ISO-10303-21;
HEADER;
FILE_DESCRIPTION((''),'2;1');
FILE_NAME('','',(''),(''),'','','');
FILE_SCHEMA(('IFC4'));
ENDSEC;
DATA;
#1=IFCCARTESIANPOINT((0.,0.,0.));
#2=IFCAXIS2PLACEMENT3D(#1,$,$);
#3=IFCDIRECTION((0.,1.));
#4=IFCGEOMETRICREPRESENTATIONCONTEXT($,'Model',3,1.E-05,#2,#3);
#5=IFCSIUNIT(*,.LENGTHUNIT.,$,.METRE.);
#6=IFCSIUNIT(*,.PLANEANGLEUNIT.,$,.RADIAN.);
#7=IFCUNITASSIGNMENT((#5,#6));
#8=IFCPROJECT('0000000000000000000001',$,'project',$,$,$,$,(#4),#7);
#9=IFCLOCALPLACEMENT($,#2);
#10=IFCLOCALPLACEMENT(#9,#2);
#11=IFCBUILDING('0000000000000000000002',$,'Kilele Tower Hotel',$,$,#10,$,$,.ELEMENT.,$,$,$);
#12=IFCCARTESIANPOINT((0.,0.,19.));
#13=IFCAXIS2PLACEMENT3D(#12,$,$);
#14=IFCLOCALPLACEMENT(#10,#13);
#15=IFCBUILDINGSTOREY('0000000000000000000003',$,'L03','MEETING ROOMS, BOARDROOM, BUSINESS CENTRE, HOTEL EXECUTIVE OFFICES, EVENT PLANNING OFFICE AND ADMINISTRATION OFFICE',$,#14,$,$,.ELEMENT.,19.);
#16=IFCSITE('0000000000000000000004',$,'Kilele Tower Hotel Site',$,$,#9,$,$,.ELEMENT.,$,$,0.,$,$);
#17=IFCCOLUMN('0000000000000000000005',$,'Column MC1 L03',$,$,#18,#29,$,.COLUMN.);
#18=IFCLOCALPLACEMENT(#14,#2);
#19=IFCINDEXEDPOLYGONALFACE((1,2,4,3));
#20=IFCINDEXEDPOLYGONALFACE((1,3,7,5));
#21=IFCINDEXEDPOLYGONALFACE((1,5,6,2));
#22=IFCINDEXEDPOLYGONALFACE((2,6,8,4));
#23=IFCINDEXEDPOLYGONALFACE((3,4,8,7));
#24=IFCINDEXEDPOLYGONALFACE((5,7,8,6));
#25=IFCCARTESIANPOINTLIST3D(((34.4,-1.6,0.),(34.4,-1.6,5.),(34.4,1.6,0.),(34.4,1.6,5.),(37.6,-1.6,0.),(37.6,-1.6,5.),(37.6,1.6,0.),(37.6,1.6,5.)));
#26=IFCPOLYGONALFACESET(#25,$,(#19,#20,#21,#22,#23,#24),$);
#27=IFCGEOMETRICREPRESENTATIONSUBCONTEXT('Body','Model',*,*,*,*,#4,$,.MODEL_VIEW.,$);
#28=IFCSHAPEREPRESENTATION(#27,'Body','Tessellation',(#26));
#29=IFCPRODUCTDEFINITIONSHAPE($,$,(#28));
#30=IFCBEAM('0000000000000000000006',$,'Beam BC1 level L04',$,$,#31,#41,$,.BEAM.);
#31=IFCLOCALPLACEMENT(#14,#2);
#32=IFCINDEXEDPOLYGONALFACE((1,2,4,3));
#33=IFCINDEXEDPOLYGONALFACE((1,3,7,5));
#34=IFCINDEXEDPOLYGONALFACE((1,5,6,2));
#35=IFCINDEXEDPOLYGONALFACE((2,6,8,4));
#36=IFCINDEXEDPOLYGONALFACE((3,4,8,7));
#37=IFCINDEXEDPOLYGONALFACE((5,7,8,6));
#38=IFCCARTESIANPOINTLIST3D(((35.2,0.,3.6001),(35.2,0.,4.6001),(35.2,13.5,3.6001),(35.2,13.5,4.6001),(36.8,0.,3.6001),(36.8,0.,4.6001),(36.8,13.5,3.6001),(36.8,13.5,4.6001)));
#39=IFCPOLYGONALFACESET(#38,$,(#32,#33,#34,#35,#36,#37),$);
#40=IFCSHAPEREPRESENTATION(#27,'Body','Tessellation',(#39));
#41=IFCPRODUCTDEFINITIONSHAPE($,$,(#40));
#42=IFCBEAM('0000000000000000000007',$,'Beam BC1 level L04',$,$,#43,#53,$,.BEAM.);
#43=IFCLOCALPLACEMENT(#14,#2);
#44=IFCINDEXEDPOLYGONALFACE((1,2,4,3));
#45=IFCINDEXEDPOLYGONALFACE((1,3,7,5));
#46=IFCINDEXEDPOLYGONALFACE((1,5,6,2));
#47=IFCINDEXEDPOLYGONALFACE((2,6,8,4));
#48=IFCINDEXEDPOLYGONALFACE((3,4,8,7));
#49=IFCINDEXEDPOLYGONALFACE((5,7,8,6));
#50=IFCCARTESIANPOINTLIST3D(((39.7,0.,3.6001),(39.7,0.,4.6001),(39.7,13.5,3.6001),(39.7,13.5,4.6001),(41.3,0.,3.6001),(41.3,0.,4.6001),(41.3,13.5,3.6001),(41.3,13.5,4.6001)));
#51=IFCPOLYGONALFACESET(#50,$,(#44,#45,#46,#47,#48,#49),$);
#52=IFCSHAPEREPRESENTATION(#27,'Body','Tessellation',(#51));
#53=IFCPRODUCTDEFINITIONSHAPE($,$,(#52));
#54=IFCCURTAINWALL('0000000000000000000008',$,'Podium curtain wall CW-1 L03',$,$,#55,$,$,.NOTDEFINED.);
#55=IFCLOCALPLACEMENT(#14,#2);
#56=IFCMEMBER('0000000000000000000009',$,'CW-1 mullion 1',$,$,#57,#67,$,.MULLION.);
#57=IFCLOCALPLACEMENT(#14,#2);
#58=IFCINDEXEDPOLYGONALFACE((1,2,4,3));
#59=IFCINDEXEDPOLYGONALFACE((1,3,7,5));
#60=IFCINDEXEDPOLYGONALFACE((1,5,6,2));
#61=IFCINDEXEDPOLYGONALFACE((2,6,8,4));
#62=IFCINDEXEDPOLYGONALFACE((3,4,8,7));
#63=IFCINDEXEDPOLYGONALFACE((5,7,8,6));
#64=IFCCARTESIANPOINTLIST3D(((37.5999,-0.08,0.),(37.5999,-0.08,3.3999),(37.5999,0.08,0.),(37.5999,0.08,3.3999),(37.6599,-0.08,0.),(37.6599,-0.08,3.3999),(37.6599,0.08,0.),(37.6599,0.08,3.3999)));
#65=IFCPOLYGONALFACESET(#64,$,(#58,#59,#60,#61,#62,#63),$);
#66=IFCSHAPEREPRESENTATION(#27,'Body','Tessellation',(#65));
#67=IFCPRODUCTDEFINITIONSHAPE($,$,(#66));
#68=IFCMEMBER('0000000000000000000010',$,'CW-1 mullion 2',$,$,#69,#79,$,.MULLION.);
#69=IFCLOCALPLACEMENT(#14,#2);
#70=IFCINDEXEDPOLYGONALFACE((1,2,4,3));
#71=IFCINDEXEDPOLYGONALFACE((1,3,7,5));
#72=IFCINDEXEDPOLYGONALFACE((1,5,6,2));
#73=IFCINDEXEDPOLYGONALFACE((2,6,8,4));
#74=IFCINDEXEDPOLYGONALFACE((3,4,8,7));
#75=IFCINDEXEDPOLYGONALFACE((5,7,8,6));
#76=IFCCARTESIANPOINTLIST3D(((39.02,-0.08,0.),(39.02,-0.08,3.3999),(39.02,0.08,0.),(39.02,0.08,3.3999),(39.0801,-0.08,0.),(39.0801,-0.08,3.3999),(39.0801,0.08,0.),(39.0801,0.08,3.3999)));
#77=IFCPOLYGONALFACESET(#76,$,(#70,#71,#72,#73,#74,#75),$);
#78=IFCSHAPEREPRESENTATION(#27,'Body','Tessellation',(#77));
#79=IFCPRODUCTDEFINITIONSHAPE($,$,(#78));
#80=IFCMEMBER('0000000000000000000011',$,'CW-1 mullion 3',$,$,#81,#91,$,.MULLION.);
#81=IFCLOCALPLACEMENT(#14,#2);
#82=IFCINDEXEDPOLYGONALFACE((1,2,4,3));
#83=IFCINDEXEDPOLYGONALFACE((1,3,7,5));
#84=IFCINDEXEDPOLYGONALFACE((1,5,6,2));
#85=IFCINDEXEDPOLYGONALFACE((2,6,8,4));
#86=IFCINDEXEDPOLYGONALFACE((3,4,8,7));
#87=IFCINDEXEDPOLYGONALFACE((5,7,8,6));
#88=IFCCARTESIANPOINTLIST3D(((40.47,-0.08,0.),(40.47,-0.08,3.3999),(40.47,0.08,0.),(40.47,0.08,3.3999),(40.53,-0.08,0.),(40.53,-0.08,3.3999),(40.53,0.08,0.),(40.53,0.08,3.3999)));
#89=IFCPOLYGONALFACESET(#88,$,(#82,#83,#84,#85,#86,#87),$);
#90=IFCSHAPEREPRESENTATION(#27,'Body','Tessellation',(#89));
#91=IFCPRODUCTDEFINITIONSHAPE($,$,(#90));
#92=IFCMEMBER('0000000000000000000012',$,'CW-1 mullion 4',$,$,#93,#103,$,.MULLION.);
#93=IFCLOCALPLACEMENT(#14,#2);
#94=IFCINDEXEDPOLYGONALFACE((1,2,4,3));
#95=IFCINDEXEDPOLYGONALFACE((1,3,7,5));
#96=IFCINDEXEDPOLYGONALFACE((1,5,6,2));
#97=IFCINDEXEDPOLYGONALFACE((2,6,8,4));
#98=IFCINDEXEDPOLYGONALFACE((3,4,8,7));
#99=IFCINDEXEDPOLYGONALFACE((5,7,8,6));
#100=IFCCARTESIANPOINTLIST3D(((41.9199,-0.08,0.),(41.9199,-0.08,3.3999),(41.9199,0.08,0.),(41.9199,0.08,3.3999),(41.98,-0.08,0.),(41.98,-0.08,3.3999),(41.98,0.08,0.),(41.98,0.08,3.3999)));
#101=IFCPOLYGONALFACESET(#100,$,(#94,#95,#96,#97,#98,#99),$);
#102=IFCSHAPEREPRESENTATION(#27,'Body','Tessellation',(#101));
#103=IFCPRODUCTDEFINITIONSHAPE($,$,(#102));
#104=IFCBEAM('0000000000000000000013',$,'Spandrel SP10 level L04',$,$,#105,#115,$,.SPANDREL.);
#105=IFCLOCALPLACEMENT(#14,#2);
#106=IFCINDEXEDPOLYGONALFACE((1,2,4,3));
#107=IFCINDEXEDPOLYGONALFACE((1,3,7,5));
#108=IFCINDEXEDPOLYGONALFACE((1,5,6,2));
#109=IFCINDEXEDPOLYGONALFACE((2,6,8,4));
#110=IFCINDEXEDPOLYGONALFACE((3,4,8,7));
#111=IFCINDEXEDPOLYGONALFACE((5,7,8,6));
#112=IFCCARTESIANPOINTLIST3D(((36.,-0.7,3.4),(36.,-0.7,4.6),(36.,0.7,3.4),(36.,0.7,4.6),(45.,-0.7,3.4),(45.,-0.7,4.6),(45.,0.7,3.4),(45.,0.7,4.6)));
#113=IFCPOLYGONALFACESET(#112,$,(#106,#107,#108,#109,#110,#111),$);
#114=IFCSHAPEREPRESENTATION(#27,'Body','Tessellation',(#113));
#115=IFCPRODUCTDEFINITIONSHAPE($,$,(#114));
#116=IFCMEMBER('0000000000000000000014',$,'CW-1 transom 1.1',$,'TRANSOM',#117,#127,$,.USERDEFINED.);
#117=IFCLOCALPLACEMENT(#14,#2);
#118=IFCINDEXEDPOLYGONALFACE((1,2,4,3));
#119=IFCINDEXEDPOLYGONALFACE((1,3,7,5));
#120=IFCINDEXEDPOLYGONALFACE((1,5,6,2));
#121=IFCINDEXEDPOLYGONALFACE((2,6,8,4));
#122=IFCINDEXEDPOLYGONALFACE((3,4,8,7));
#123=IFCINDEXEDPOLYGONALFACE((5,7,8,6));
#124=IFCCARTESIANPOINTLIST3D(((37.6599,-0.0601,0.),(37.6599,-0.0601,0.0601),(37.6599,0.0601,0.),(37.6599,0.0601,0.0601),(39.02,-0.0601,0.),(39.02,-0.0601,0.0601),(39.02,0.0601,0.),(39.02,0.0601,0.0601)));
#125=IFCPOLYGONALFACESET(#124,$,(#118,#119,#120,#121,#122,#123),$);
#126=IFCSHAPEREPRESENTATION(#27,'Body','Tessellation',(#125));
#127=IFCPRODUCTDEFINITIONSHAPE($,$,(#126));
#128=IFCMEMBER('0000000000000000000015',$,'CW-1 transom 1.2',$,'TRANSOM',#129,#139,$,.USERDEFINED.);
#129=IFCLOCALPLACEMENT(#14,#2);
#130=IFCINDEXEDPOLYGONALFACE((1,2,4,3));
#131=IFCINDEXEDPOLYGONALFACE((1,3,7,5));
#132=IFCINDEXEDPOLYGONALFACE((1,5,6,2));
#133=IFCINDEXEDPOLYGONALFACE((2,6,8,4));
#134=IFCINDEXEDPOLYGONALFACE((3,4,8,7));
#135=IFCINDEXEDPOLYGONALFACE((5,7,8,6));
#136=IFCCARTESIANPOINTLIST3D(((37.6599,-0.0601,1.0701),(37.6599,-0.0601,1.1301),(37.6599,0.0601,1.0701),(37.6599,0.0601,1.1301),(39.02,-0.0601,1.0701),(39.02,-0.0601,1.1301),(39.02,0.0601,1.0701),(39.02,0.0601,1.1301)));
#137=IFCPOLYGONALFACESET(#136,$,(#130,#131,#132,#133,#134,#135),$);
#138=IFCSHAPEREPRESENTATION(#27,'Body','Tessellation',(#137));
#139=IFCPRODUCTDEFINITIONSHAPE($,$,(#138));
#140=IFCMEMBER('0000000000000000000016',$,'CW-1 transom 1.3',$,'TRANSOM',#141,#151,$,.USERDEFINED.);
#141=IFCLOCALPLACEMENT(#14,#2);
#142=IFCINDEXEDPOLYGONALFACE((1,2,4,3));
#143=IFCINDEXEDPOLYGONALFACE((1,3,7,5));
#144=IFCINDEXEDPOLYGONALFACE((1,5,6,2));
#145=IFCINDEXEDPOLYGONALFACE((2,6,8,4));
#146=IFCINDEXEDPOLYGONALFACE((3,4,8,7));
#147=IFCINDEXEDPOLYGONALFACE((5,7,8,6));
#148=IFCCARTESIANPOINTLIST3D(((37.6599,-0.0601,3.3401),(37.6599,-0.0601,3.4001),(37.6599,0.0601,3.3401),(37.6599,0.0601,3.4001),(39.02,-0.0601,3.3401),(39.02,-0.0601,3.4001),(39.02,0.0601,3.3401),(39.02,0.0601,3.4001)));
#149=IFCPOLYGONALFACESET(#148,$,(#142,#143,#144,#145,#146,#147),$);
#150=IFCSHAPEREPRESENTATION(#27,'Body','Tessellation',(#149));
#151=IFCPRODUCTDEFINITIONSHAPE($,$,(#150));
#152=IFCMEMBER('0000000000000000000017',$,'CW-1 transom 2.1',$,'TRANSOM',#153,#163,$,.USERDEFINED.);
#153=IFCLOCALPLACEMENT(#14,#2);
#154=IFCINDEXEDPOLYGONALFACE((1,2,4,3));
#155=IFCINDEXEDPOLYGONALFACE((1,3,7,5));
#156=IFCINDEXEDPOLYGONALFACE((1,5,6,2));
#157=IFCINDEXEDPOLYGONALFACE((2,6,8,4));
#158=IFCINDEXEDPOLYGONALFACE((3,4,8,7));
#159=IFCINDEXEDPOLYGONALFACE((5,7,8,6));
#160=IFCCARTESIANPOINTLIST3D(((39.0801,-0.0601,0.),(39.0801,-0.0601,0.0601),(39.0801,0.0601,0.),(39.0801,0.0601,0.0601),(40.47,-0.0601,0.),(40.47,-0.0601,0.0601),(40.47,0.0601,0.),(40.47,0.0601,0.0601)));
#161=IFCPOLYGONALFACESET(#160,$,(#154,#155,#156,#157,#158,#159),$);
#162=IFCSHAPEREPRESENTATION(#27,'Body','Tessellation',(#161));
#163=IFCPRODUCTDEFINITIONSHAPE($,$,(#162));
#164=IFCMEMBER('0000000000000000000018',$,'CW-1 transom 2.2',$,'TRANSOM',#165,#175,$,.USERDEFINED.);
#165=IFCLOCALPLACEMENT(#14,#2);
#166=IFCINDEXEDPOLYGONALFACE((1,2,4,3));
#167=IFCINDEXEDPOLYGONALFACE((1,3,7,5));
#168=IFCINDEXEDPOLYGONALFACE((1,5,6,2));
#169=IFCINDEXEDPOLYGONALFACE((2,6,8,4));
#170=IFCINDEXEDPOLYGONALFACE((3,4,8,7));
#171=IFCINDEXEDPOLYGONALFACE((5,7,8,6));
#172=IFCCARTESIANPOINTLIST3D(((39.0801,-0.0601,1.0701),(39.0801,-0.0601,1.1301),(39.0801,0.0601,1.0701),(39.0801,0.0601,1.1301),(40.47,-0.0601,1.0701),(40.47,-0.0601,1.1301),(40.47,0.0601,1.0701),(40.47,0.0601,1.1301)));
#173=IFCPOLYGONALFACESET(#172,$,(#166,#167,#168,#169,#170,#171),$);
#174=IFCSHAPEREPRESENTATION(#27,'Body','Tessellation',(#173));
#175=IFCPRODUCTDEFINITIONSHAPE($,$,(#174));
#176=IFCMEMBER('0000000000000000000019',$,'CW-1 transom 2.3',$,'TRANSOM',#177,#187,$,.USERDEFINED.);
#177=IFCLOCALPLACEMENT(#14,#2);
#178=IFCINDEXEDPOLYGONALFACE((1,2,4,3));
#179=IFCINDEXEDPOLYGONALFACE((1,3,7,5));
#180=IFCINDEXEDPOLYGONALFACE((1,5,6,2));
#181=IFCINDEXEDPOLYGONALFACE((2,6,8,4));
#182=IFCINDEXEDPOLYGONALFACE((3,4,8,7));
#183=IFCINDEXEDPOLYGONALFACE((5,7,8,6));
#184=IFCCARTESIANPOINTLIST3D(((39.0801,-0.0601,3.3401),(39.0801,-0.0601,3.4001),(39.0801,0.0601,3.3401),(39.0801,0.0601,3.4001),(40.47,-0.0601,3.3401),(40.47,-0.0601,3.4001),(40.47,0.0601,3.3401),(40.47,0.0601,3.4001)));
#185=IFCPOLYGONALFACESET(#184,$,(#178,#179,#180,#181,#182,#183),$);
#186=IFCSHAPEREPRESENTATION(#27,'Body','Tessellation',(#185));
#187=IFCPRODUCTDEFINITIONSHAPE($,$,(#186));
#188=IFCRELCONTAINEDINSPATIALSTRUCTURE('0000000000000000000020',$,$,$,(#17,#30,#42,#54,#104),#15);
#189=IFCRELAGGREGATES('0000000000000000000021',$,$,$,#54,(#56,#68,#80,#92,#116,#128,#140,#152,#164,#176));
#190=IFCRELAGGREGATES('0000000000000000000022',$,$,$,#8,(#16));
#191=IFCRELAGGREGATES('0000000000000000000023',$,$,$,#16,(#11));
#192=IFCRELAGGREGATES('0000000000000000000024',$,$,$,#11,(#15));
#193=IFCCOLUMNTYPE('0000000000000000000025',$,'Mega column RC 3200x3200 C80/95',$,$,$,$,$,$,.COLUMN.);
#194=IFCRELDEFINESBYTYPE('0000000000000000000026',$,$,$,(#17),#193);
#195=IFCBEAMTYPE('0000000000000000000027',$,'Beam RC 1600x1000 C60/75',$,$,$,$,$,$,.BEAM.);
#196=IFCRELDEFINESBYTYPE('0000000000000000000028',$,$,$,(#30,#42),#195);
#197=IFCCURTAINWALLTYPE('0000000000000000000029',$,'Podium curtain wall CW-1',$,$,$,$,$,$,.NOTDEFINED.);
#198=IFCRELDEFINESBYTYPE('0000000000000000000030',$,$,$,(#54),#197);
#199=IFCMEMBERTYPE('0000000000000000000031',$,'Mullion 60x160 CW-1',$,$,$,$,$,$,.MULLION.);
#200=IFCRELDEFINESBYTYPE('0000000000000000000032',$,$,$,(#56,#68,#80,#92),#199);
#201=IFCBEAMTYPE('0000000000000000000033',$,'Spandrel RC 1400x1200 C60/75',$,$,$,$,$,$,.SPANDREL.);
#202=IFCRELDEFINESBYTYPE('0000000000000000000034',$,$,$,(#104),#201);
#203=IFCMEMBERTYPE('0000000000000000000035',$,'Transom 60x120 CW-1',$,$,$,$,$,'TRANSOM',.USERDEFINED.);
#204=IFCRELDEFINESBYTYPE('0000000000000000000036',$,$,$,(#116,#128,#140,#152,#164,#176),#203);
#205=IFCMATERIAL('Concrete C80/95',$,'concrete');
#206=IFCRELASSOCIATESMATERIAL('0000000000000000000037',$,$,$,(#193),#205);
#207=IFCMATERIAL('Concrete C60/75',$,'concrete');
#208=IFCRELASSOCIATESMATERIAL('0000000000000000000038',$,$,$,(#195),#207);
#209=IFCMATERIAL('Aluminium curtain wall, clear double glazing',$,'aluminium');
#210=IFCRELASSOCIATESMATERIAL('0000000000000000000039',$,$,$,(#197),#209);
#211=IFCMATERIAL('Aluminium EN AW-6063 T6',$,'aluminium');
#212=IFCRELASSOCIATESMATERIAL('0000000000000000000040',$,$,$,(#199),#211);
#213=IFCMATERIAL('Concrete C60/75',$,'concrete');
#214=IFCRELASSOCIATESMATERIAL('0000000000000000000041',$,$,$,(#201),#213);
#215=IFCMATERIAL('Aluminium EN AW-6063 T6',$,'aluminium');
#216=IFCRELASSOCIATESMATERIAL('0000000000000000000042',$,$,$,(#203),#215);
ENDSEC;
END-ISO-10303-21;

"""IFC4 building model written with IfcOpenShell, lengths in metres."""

from ifc_helpers import new_model, si_unit, direction, frame, origin, origin_2d, place, context, subcontext, project, spatial, rectangle, extrude, material, material_profile, profile_set, type_object, element, aggregate, save


model = new_model("IFC4")

# Units and contexts
model_context = context("Model", 3, precision=1e-05, world=origin(), true_north=direction((0.0, 1.0)))
body_context = subcontext(model_context, "Body", "Model", "MODEL_VIEW")
ifc_project = project(units=[si_unit("LENGTHUNIT", "METRE"), si_unit("PLANEANGLEUNIT", "RADIAN")], contexts=[model_context])

# Site, building, storey
site_placement = place(None, origin())
site = spatial("IfcSite", under=ifc_project, at=site_placement, Name="Kilele Tower Hotel Site", CompositionType="ELEMENT", RefElevation=0.0)
building_placement = place(site_placement, origin())
building = spatial("IfcBuilding", under=site, at=building_placement, Name="Kilele Tower Hotel", CompositionType="ELEMENT")
storey_placement = place(building_placement, frame((0.0, 0.0, 19.0)))
storey = spatial("IfcBuildingStorey", under=building, at=storey_placement, Name="L03", Description="MEETING ROOMS, BOARDROOM, BUSINESS CENTRE, HOTEL EXECUTIVE OFFICES, EVENT PLANNING OFFICE AND ADMINISTRATION OFFICE", CompositionType="ELEMENT", Elevation=19.0)

# Column
ifc_material_1 = material(Name="Concrete C80/95", Category="concrete")
ifc_material_profile_1 = material_profile(ifc_material_1, rectangle(XDim=3.2, YDim=3.2, at=origin_2d()))
ifc_profile_set_1 = profile_set([ifc_material_profile_1], Name="Concrete C80/95")
column_type = type_object("IfcColumnType", Name="Mega column RC 3200x3200 C80/95", PredefinedType="COLUMN", material=ifc_profile_set_1)
column_placement = place(storey_placement, frame((36.0, 0.0, 0.0), z_axis=(0.0, 0.0, 1.0), x_axis=(1.0, 0.0, 0.0)))
element("IfcColumn", 1, at=column_placement, inside=storey, type_object=column_type, Name="Column MC1 L03", PredefinedType="COLUMN", context=body_context, shape_type="SweptSolid", body=[
    extrude(rectangle(XDim=3.2, YDim=3.2, at=origin_2d()), origin(), (0.0, 0.0, 1.0), 5.0),
])

# Beams
ifc_material_2 = material(Name="Concrete C60/75", Category="concrete")
ifc_material_profile_2 = material_profile(ifc_material_2, rectangle(XDim=1.6001, YDim=1.0, at=origin_2d()))
ifc_profile_set_2 = profile_set([ifc_material_profile_2], Name="Concrete C60/75")
beam_type_1 = type_object("IfcBeamType", Name="Beam RC 1600x1000 C60/75", PredefinedType="BEAM", material=ifc_profile_set_2)
for number, where, z_axis, x_axis, name in (
    (2, (36.0, 0.0, 4.1001), (0.0, 1.0, 0.0), (-1.0, 0.0, 0.0), "Beam BC1 level L04"),
    (3, (40.5, 0.0, 4.1001), (0.0, 1.0, 0.0), (-1.0, 0.0, 0.0), "Beam BC1 level L04"),
):
    element("IfcBeam", number, at=place(storey_placement, frame(where, z_axis=z_axis, x_axis=x_axis)), inside=storey, type_object=beam_type_1, Name=name, PredefinedType="BEAM", context=body_context, shape_type="SweptSolid", body=[
        extrude(rectangle(XDim=1.6001, YDim=1.0, at=origin_2d()), origin(), (0.0, 0.0, 1.0), 13.5),
    ])

# Curtain wall, members
ifc_material_3 = material(Name="Aluminium curtain wall, clear double glazing", Category="aluminium")
curtain_wall_type = type_object("IfcCurtainWallType", Name="Podium curtain wall CW-1", PredefinedType="NOTDEFINED", material=ifc_material_3)
curtain_wall_placement = place(storey_placement, origin())
curtain_wall = element("IfcCurtainWall", 4, at=curtain_wall_placement, inside=storey, type_object=curtain_wall_type, Name="Podium curtain wall CW-1 L03", PredefinedType="NOTDEFINED")
ifc_material_4 = material(Name="Aluminium EN AW-6063 T6", Category="aluminium")
ifc_material_profile_3 = material_profile(ifc_material_4, rectangle(XDim=0.1599, YDim=0.0601, at=origin_2d()))
ifc_profile_set_3 = profile_set([ifc_material_profile_3], Name="Aluminium EN AW-6063 T6")
member_type_1 = type_object("IfcMemberType", Name="Mullion 60x160 CW-1", PredefinedType="MULLION", material=ifc_profile_set_3)
member_1_placement = place(storey_placement, frame((37.6299, 0.0, 0.0), z_axis=(0.0, 0.0, 1.0), x_axis=(0.0, 1.0, 0.0)))
member_1 = element("IfcMember", 5, at=member_1_placement, type_object=member_type_1, Name="CW-1 mullion 1", PredefinedType="MULLION", context=body_context, shape_type="SweptSolid", body=[
    extrude(rectangle(XDim=0.1599, YDim=0.0601, at=origin_2d()), origin(), (0.0, 0.0, 1.0), 3.3999),
])
member_2_placement = place(storey_placement, frame((39.05, 0.0, 0.0), z_axis=(0.0, 0.0, 1.0), x_axis=(0.0, 1.0, 0.0)))
member_2 = element("IfcMember", 6, at=member_2_placement, type_object=member_type_1, Name="CW-1 mullion 2", PredefinedType="MULLION", context=body_context, shape_type="SweptSolid", body=[
    extrude(rectangle(XDim=0.1599, YDim=0.0601, at=origin_2d()), origin(), (0.0, 0.0, 1.0), 3.3999),
])
member_3_placement = place(storey_placement, frame((40.5, 0.0, 0.0), z_axis=(0.0, 0.0, 1.0), x_axis=(0.0, 1.0, 0.0)))
member_3 = element("IfcMember", 7, at=member_3_placement, type_object=member_type_1, Name="CW-1 mullion 3", PredefinedType="MULLION", context=body_context, shape_type="SweptSolid", body=[
    extrude(rectangle(XDim=0.1599, YDim=0.0601, at=origin_2d()), origin(), (0.0, 0.0, 1.0), 3.3999),
])
member_4_placement = place(storey_placement, frame((41.95, 0.0, 0.0), z_axis=(0.0, 0.0, 1.0), x_axis=(0.0, 1.0, 0.0)))
member_4 = element("IfcMember", 8, at=member_4_placement, type_object=member_type_1, Name="CW-1 mullion 4", PredefinedType="MULLION", context=body_context, shape_type="SweptSolid", body=[
    extrude(rectangle(XDim=0.1599, YDim=0.0601, at=origin_2d()), origin(), (0.0, 0.0, 1.0), 3.3999),
])

# Beam
ifc_material_5 = material(Name="Concrete C60/75", Category="concrete")
ifc_material_profile_4 = material_profile(ifc_material_5, rectangle(XDim=1.3999, YDim=1.2, at=origin_2d()))
ifc_profile_set_4 = profile_set([ifc_material_profile_4], Name="Concrete C60/75")
beam_type_2 = type_object("IfcBeamType", Name="Spandrel RC 1400x1200 C60/75", PredefinedType="SPANDREL", material=ifc_profile_set_4)
beam_placement = place(storey_placement, frame((36.0, 0.0, 4.0), z_axis=(1.0, 0.0, 0.0), x_axis=(0.0, 1.0, 0.0)))
element("IfcBeam", 9, at=beam_placement, inside=storey, type_object=beam_type_2, Name="Spandrel SP10 level L04", PredefinedType="SPANDREL", context=body_context, shape_type="SweptSolid", body=[
    extrude(rectangle(XDim=1.3999, YDim=1.2, at=origin_2d()), origin(), (0.0, 0.0, 1.0), 9.0),
])

# Members
ifc_material_6 = material(Name="Aluminium EN AW-6063 T6", Category="aluminium")
ifc_material_profile_5 = material_profile(ifc_material_6, rectangle(XDim=0.1201, YDim=0.0601, at=origin_2d()))
ifc_profile_set_5 = profile_set([ifc_material_profile_5], Name="Aluminium EN AW-6063 T6")
member_type_2 = type_object("IfcMemberType", Name="Transom 60x120 CW-1", ElementType="TRANSOM", PredefinedType="USERDEFINED", material=ifc_profile_set_5)
member_5_placement = place(storey_placement, frame((37.6599, 0.0, 0.03), z_axis=(1.0, 0.0, 0.0), x_axis=(0.0, 1.0, 0.0)))
member_5 = element("IfcMember", 10, at=member_5_placement, type_object=member_type_2, Name="CW-1 transom 1.1", ObjectType="TRANSOM", PredefinedType="USERDEFINED", context=body_context, shape_type="SweptSolid", body=[
    extrude(rectangle(XDim=0.1201, YDim=0.0601, at=origin_2d()), origin(), (0.0, 0.0, 1.0), 1.3601),
])
member_6_placement = place(storey_placement, frame((37.6599, 0.0, 1.1001), z_axis=(1.0, 0.0, 0.0), x_axis=(0.0, 1.0, 0.0)))
member_6 = element("IfcMember", 11, at=member_6_placement, type_object=member_type_2, Name="CW-1 transom 1.2", ObjectType="TRANSOM", PredefinedType="USERDEFINED", context=body_context, shape_type="SweptSolid", body=[
    extrude(rectangle(XDim=0.1201, YDim=0.0601, at=origin_2d()), origin(), (0.0, 0.0, 1.0), 1.3601),
])
member_7_placement = place(storey_placement, frame((37.6599, 0.0, 3.3701), z_axis=(1.0, 0.0, 0.0), x_axis=(0.0, 1.0, 0.0)))
member_7 = element("IfcMember", 12, at=member_7_placement, type_object=member_type_2, Name="CW-1 transom 1.3", ObjectType="TRANSOM", PredefinedType="USERDEFINED", context=body_context, shape_type="SweptSolid", body=[
    extrude(rectangle(XDim=0.1201, YDim=0.0601, at=origin_2d()), origin(), (0.0, 0.0, 1.0), 1.3601),
])
member_8_placement = place(storey_placement, frame((39.0801, 0.0, 0.03), z_axis=(1.0, 0.0, 0.0), x_axis=(0.0, 1.0, 0.0)))
member_8 = element("IfcMember", 13, at=member_8_placement, type_object=member_type_2, Name="CW-1 transom 2.1", ObjectType="TRANSOM", PredefinedType="USERDEFINED", context=body_context, shape_type="SweptSolid", body=[
    extrude(rectangle(XDim=0.1201, YDim=0.0601, at=origin_2d()), origin(), (0.0, 0.0, 1.0), 1.3899),
])
member_9_placement = place(storey_placement, frame((39.0801, 0.0, 1.1001), z_axis=(1.0, 0.0, 0.0), x_axis=(0.0, 1.0, 0.0)))
member_9 = element("IfcMember", 14, at=member_9_placement, type_object=member_type_2, Name="CW-1 transom 2.2", ObjectType="TRANSOM", PredefinedType="USERDEFINED", context=body_context, shape_type="SweptSolid", body=[
    extrude(rectangle(XDim=0.1201, YDim=0.0601, at=origin_2d()), origin(), (0.0, 0.0, 1.0), 1.3899),
])
member_10_placement = place(storey_placement, frame((39.0801, 0.0, 3.3701), z_axis=(1.0, 0.0, 0.0), x_axis=(0.0, 1.0, 0.0)))
member_10 = element("IfcMember", 15, at=member_10_placement, type_object=member_type_2, Name="CW-1 transom 2.3", ObjectType="TRANSOM", PredefinedType="USERDEFINED", context=body_context, shape_type="SweptSolid", body=[
    extrude(rectangle(XDim=0.1201, YDim=0.0601, at=origin_2d()), origin(), (0.0, 0.0, 1.0), 1.3899),
])

aggregate(curtain_wall, [member_1, member_2, member_3, member_4, member_5, member_6, member_7, member_8, member_9, member_10])

save(model, "model.ifc")
